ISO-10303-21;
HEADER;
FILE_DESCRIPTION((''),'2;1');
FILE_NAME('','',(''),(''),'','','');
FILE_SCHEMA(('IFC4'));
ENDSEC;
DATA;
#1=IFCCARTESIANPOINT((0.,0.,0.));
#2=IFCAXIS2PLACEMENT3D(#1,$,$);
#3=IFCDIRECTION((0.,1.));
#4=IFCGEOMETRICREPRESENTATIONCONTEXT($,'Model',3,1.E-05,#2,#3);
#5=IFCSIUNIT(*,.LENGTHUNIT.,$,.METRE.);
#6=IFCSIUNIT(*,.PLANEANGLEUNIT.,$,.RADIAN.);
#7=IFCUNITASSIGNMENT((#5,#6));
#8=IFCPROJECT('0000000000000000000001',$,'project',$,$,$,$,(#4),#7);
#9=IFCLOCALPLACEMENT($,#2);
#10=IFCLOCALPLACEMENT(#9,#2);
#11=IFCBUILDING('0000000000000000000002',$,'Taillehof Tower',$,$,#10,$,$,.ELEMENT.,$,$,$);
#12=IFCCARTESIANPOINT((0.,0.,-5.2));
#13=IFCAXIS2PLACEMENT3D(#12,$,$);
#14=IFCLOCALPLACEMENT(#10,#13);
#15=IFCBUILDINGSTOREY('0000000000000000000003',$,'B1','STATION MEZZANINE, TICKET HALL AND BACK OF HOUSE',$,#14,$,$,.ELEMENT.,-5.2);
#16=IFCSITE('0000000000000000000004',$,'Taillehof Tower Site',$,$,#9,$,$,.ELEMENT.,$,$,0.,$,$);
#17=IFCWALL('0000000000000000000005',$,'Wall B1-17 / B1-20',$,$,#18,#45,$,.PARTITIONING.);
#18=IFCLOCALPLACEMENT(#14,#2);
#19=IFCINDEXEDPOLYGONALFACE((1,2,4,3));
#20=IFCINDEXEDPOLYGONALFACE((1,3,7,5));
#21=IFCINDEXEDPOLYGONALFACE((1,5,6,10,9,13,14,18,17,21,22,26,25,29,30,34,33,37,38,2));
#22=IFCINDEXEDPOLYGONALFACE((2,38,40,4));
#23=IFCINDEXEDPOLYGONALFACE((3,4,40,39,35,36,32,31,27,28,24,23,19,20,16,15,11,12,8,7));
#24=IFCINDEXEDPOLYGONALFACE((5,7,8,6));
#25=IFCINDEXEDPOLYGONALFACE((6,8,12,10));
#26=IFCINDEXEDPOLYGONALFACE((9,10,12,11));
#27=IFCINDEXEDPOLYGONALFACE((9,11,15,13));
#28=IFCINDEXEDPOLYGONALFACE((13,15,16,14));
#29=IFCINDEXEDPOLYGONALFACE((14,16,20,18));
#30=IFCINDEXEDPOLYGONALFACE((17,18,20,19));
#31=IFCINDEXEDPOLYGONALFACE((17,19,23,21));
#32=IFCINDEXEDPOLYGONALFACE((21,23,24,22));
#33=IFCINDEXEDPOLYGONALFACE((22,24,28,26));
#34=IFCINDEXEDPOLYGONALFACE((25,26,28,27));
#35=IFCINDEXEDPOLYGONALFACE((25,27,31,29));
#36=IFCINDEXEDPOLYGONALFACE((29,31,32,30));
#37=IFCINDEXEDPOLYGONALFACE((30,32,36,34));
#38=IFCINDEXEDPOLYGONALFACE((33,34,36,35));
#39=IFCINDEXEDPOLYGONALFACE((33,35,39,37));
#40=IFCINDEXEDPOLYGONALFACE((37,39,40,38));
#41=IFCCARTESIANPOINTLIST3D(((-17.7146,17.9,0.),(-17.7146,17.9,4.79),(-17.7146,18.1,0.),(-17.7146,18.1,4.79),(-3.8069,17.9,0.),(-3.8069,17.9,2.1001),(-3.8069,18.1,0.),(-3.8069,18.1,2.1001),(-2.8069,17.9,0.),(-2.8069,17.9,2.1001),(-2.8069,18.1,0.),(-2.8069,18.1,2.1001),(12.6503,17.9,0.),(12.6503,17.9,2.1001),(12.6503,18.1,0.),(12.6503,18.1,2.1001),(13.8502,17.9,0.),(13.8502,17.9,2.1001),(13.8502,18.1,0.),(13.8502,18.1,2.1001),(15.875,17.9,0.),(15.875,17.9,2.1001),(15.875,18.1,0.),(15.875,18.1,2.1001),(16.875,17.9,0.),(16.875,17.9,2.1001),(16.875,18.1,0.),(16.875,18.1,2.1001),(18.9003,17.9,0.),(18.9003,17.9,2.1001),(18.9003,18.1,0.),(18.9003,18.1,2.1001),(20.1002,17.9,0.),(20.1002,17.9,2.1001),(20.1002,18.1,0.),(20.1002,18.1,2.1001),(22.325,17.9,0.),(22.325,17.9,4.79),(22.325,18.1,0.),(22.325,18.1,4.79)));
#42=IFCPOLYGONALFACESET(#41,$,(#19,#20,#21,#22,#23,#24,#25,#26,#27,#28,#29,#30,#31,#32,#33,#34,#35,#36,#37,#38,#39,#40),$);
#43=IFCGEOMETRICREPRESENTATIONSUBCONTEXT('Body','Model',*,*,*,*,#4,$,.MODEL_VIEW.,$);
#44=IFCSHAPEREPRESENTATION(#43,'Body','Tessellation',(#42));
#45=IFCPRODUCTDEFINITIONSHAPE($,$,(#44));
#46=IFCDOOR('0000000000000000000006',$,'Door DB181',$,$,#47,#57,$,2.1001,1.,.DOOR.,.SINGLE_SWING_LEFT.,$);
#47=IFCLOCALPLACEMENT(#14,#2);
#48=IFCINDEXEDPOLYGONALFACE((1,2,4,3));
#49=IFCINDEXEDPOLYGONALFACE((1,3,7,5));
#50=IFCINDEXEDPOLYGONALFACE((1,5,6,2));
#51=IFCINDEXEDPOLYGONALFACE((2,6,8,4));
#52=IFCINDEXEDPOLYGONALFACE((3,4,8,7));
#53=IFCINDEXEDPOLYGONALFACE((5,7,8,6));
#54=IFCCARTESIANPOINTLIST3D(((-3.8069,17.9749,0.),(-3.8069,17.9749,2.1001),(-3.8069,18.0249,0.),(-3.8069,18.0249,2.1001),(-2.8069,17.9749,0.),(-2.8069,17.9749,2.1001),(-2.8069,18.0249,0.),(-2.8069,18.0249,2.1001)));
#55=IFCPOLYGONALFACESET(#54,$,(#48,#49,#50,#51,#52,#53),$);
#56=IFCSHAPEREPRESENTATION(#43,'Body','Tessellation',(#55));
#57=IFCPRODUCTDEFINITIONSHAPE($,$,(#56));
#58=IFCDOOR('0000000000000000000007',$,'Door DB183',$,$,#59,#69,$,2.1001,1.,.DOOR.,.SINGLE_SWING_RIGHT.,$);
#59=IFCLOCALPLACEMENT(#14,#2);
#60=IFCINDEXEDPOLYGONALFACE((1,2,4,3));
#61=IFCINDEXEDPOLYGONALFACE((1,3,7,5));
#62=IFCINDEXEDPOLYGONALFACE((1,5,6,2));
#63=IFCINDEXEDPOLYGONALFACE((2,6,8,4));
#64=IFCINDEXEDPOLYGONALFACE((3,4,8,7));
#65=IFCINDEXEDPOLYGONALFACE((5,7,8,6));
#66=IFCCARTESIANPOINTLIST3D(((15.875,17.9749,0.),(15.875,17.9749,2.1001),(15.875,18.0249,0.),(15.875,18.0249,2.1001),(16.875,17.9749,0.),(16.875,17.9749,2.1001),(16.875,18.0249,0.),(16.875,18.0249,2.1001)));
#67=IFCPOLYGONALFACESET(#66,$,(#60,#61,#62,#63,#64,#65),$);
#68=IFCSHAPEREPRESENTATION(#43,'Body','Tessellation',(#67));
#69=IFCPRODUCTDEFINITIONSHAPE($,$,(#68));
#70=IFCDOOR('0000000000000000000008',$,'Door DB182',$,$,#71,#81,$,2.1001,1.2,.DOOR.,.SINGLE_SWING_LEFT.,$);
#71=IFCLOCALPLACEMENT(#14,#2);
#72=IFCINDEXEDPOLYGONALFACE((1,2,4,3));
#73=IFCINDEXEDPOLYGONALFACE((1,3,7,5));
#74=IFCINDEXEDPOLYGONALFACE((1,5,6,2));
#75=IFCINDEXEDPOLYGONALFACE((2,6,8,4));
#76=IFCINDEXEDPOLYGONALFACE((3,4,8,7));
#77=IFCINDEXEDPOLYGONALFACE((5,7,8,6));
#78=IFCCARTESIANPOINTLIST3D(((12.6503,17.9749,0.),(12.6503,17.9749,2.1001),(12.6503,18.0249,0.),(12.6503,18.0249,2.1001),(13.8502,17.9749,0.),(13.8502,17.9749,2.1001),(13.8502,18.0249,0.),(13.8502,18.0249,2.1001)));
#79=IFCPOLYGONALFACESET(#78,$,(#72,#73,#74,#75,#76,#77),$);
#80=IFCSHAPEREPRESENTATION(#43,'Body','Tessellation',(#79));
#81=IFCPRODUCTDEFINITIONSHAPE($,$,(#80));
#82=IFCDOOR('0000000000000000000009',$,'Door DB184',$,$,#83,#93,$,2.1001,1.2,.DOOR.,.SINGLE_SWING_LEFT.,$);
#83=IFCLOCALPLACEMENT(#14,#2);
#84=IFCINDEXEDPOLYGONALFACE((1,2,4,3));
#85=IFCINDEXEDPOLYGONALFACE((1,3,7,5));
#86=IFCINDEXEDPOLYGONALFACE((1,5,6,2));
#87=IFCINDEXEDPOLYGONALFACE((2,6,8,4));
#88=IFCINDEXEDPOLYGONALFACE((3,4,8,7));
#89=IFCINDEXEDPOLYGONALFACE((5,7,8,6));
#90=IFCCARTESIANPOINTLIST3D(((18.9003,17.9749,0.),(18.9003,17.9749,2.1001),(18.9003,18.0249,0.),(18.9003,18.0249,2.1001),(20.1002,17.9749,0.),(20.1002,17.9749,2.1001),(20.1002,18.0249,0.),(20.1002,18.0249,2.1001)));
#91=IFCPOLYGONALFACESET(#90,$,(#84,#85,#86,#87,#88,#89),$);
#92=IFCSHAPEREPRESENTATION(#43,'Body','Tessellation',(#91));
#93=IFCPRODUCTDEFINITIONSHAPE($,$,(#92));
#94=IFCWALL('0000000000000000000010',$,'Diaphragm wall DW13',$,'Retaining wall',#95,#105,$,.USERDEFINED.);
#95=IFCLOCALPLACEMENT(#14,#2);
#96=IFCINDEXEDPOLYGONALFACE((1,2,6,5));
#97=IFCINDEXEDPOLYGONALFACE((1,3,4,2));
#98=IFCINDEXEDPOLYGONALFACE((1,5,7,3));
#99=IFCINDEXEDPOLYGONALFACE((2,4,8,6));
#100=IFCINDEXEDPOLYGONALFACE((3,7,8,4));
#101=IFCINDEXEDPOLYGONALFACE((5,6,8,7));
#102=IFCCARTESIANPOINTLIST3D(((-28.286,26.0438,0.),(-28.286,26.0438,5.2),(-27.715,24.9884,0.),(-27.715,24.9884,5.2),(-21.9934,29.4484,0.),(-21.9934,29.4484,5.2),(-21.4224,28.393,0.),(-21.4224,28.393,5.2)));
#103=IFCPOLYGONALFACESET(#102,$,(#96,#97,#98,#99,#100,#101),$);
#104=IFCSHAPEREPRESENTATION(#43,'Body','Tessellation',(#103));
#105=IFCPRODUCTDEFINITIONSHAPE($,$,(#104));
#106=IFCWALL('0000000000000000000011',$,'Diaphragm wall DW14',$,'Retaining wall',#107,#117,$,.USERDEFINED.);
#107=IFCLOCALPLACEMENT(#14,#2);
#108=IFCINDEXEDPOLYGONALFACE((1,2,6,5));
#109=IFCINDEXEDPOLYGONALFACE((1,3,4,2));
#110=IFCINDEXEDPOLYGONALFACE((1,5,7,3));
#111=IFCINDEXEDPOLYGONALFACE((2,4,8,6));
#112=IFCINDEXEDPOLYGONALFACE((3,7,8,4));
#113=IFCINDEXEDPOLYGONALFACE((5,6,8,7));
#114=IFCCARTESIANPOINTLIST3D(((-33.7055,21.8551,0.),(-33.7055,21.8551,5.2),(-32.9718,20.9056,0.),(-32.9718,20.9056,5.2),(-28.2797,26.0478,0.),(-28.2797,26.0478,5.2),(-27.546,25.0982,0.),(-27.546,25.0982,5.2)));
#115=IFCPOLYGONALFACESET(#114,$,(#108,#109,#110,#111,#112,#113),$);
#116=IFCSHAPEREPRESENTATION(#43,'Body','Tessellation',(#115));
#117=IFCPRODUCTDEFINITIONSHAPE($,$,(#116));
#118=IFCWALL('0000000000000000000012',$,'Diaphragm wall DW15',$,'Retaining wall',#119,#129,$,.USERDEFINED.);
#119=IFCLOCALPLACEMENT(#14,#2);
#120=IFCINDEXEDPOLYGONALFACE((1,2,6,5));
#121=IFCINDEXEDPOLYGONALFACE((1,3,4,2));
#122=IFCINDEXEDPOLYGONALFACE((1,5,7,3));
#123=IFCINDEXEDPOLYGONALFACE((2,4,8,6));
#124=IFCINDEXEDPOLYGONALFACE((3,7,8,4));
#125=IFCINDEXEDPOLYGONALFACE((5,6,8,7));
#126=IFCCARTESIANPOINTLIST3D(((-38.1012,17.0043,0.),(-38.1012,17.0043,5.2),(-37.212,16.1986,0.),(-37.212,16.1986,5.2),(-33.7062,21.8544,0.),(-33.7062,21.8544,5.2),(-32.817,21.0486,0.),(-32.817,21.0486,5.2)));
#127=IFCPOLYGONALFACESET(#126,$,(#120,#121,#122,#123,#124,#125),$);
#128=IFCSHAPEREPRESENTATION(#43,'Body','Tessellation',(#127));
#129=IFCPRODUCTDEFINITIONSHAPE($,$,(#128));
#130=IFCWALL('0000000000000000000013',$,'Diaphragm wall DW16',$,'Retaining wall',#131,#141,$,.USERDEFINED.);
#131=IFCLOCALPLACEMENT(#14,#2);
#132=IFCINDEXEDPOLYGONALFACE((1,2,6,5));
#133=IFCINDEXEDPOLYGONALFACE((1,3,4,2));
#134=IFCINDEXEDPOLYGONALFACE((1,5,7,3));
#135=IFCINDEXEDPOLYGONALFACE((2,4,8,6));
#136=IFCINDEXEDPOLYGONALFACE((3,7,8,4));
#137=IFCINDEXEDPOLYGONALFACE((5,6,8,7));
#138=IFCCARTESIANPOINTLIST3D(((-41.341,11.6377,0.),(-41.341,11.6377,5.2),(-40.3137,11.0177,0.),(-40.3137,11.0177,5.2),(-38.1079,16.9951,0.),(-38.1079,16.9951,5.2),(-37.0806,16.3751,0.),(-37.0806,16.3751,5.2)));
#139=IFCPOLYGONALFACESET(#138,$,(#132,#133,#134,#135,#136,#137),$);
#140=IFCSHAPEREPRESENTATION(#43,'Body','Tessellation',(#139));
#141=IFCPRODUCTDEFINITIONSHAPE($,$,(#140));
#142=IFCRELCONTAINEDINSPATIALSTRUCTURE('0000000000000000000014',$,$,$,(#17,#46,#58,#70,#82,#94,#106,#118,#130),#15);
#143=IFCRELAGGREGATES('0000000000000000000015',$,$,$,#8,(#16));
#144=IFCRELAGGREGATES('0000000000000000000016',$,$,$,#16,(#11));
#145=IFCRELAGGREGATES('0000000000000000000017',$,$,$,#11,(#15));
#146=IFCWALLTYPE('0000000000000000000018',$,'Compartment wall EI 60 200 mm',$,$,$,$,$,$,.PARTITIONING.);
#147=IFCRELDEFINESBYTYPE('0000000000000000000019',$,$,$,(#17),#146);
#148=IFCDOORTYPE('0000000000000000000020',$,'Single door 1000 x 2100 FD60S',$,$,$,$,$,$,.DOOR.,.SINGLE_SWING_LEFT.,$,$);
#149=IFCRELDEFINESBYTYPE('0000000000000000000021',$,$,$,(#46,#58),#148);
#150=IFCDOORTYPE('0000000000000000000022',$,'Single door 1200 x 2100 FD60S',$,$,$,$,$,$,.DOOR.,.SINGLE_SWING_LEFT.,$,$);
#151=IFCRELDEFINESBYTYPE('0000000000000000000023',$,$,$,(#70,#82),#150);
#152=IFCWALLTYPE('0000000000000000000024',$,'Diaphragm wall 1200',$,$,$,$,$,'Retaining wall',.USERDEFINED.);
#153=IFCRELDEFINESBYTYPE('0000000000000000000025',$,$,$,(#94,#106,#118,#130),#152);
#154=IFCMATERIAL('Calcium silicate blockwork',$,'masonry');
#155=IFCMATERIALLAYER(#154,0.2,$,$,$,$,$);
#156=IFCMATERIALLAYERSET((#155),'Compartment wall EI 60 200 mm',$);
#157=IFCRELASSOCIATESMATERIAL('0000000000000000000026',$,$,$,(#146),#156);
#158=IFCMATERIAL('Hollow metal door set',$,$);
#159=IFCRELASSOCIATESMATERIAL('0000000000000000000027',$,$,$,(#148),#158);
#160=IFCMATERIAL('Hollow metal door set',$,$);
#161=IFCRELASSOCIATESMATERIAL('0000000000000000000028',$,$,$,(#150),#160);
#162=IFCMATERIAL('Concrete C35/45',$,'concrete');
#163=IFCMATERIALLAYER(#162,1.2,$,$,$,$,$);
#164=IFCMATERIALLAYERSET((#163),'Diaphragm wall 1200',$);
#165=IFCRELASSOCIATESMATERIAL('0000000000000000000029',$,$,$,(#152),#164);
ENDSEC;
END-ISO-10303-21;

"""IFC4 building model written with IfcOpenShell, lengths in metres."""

from ifc_helpers import new_model, si_unit, direction, frame, frame_2d, origin, place, context, subcontext, project, spatial, rectangle, extrude, material, layer, layer_set, type_object, element, fill, save


model = new_model("IFC4")

# Units and contexts
model_context = context("Model", 3, precision=1e-05, world=origin(), true_north=direction((0.0, 1.0)))
body_context = subcontext(model_context, "Body", "Model", "MODEL_VIEW")
ifc_project = project(units=[si_unit("LENGTHUNIT", "METRE"), si_unit("PLANEANGLEUNIT", "RADIAN")], contexts=[model_context])

# Site, building, storey
site_placement = place(None, origin())
site = spatial("IfcSite", under=ifc_project, at=site_placement, Name="Taillehof Tower Site", CompositionType="ELEMENT", RefElevation=0.0)
building_placement = place(site_placement, origin())
building = spatial("IfcBuilding", under=site, at=building_placement, Name="Taillehof Tower", CompositionType="ELEMENT")
storey_placement = place(building_placement, frame((0.0, 0.0, -5.2)))
storey = spatial("IfcBuildingStorey", under=building, at=storey_placement, Name="B1", Description="STATION MEZZANINE, TICKET HALL AND BACK OF HOUSE", CompositionType="ELEMENT", Elevation=-5.2)

# Shared definitions
ifc_material_1 = material(Name="Calcium silicate blockwork", Category="masonry")
ifc_layer_1 = layer(ifc_material_1, 0.2)
ifc_layer_set_1 = layer_set([ifc_layer_1], Name="Compartment wall EI 60 200 mm")
wall_type_1 = type_object("IfcWallType", Name="Compartment wall EI 60 200 mm", PredefinedType="PARTITIONING", material=ifc_layer_set_1)

# Wall, openings, doors
wall_1_placement = place(storey_placement, frame((-17.7146, 18.0, 0.0), z_axis=(0.0, 0.0, 1.0), x_axis=(1.0, 0.0, 0.0)))
wall_1 = element("IfcWall", 1, at=wall_1_placement, inside=storey, type_object=wall_type_1, Name="Wall B1-17 / B1-20", PredefinedType="PARTITIONING", context=body_context, shape_type="SweptSolid", body=[
    extrude(rectangle(XDim=40.0396, YDim=0.2, at=frame_2d((20.0198, 0.0))), origin(), (0.0, 0.0, 1.0), 4.79),
])
opening_1_placement = place(wall_1_placement, frame((13.9077, 0.0, 0.0)))
opening_1 = element("IfcOpeningElement", 2, at=opening_1_placement, cuts=wall_1, PredefinedType="OPENING", context=body_context, shape_type="SweptSolid", body=[
    extrude(rectangle(XDim=1.0, YDim=2.1001, at=frame_2d((0.5, 1.05))), frame((0.0, 0.1099, 0.0), z_axis=(0.0, -1.0, 0.0), x_axis=(1.0, 0.0, 0.0)), (0.0, 0.0, 1.0), 0.22),
])
opening_2_placement = place(wall_1_placement, frame((30.3647, 0.0, 0.0)))
opening_2 = element("IfcOpeningElement", 3, at=opening_2_placement, cuts=wall_1, PredefinedType="OPENING", context=body_context, shape_type="SweptSolid", body=[
    extrude(rectangle(XDim=1.2, YDim=2.1001, at=frame_2d((0.6001, 1.05))), frame((0.0, 0.1099, 0.0), z_axis=(0.0, -1.0, 0.0), x_axis=(1.0, 0.0, 0.0)), (0.0, 0.0, 1.0), 0.22),
])
opening_3_placement = place(wall_1_placement, frame((33.5896, 0.0, 0.0)))
opening_3 = element("IfcOpeningElement", 4, at=opening_3_placement, cuts=wall_1, PredefinedType="OPENING", context=body_context, shape_type="SweptSolid", body=[
    extrude(rectangle(XDim=1.0, YDim=2.1001, at=frame_2d((0.5, 1.05))), frame((0.0, 0.1099, 0.0), z_axis=(0.0, -1.0, 0.0), x_axis=(1.0, 0.0, 0.0)), (0.0, 0.0, 1.0), 0.22),
])
opening_4_placement = place(wall_1_placement, frame((36.6147, 0.0, 0.0)))
opening_4 = element("IfcOpeningElement", 5, at=opening_4_placement, cuts=wall_1, PredefinedType="OPENING", context=body_context, shape_type="SweptSolid", body=[
    extrude(rectangle(XDim=1.2, YDim=2.1001, at=frame_2d((0.6001, 1.05))), frame((0.0, 0.1099, 0.0), z_axis=(0.0, -1.0, 0.0), x_axis=(1.0, 0.0, 0.0)), (0.0, 0.0, 1.0), 0.22),
])
ifc_material_2 = material(Name="Hollow metal door set")
door_type_1 = type_object("IfcDoorType", Name="Single door 1000 x 2100 FD60S", OperationType="SINGLE_SWING_LEFT", PredefinedType="DOOR", material=ifc_material_2)
door_1_placement = place(opening_1_placement, origin())
door_1 = element("IfcDoor", 6, at=door_1_placement, inside=storey, type_object=door_type_1, Name="Door DB181", OperationType="SINGLE_SWING_LEFT", OverallHeight=2.1001, OverallWidth=1.0, PredefinedType="DOOR", context=body_context, shape_type="SweptSolid", body=[
    extrude(rectangle(XDim=1.0, YDim=2.1001, at=frame_2d((0.5, 1.05))), frame((0.0, 0.0249, 0.0), z_axis=(0.0, -1.0, 0.0), x_axis=(1.0, 0.0, 0.0)), (0.0, 0.0, 1.0), 0.05),
])
fill(opening_1, door_1)
door_2_placement = place(opening_3_placement, origin())
door_2 = element("IfcDoor", 7, at=door_2_placement, inside=storey, type_object=door_type_1, Name="Door DB183", OperationType="SINGLE_SWING_RIGHT", OverallHeight=2.1001, OverallWidth=1.0, PredefinedType="DOOR", context=body_context, shape_type="SweptSolid", body=[
    extrude(rectangle(XDim=1.0, YDim=2.1001, at=frame_2d((0.5, 1.05))), frame((0.0, 0.0249, 0.0), z_axis=(0.0, -1.0, 0.0), x_axis=(1.0, 0.0, 0.0)), (0.0, 0.0, 1.0), 0.05),
])
fill(opening_3, door_2)
ifc_material_3 = material(Name="Hollow metal door set")
door_type_2 = type_object("IfcDoorType", Name="Single door 1200 x 2100 FD60S", OperationType="SINGLE_SWING_LEFT", PredefinedType="DOOR", material=ifc_material_3)
door_3_placement = place(opening_2_placement, origin())
door_3 = element("IfcDoor", 8, at=door_3_placement, inside=storey, type_object=door_type_2, Name="Door DB182", OperationType="SINGLE_SWING_LEFT", OverallHeight=2.1001, OverallWidth=1.2, PredefinedType="DOOR", context=body_context, shape_type="SweptSolid", body=[
    extrude(rectangle(XDim=1.2, YDim=2.1001, at=frame_2d((0.6001, 1.05))), frame((0.0, 0.0249, 0.0), z_axis=(0.0, -1.0, 0.0), x_axis=(1.0, 0.0, 0.0)), (0.0, 0.0, 1.0), 0.05),
])
fill(opening_2, door_3)
door_4_placement = place(opening_4_placement, origin())
door_4 = element("IfcDoor", 9, at=door_4_placement, inside=storey, type_object=door_type_2, Name="Door DB184", OperationType="SINGLE_SWING_LEFT", OverallHeight=2.1001, OverallWidth=1.2, PredefinedType="DOOR", context=body_context, shape_type="SweptSolid", body=[
    extrude(rectangle(XDim=1.2, YDim=2.1001, at=frame_2d((0.6001, 1.05))), frame((0.0, 0.0249, 0.0), z_axis=(0.0, -1.0, 0.0), x_axis=(1.0, 0.0, 0.0)), (0.0, 0.0, 1.0), 0.05),
])
fill(opening_4, door_4)

# Walls
ifc_material_4 = material(Name="Concrete C35/45", Category="concrete")
ifc_layer_2 = layer(ifc_material_4, 1.2)
ifc_layer_set_2 = layer_set([ifc_layer_2], Name="Diaphragm wall 1200")
wall_type_2 = type_object("IfcWallType", Name="Diaphragm wall 1200", ElementType="Retaining wall", PredefinedType="USERDEFINED", material=ifc_layer_set_2)
wall_2_placement = place(storey_placement, frame((-21.708, 28.9207, 0.0), z_axis=(0.0, 0.0, 1.0), x_axis=(-0.879519, -0.475863, 0.0)))
element("IfcWall", 10, at=wall_2_placement, inside=storey, type_object=wall_type_2, Name="Diaphragm wall DW13", ObjectType="Retaining wall", PredefinedType="USERDEFINED", context=body_context, shape_type="SweptSolid", body=[
    extrude(rectangle(XDim=7.1545, YDim=1.2, at=frame_2d((3.5771, 0.0))), origin(), (0.0, 0.0, 1.0), 5.2),
])
wall_3_placement = place(storey_placement, frame((-27.9128, 25.573, 0.0), z_axis=(0.0, 0.0, 1.0), x_axis=(-0.791287, -0.611445, 0.0)))
element("IfcWall", 11, at=wall_3_placement, inside=storey, type_object=wall_type_2, Name="Diaphragm wall DW14", ObjectType="Retaining wall", PredefinedType="USERDEFINED", context=body_context, shape_type="SweptSolid", body=[
    extrude(rectangle(XDim=6.8569, YDim=1.2, at=frame_2d((3.4285, 0.0))), origin(), (0.0, 0.0, 1.0), 5.2),
])
wall_4_placement = place(storey_placement, frame((-33.2617, 21.4514, 0.0), z_axis=(0.0, 0.0, 1.0), x_axis=(-0.671487, -0.741016, 0.0)))
element("IfcWall", 12, at=wall_4_placement, inside=storey, type_object=wall_type_2, Name="Diaphragm wall DW15", ObjectType="Retaining wall", PredefinedType="USERDEFINED", context=body_context, shape_type="SweptSolid", body=[
    extrude(rectangle(XDim=6.5452, YDim=1.2, at=frame_2d((3.2725, 0.0))), origin(), (0.0, 0.0, 1.0), 5.2),
])
wall_5_placement = place(storey_placement, frame((-37.5942, 16.6851, 0.0), z_axis=(0.0, 0.0, 1.0), x_axis=(-0.516692, -0.856172, 0.0)))
element("IfcWall", 13, at=wall_5_placement, inside=storey, type_object=wall_type_2, Name="Diaphragm wall DW16", ObjectType="Retaining wall", PredefinedType="USERDEFINED", context=body_context, shape_type="SweptSolid", body=[
    extrude(rectangle(XDim=6.2573, YDim=1.2, at=frame_2d((3.1287, 0.0))), origin(), (0.0, 0.0, 1.0), 5.2),
])

save(model, "model.ifc")
